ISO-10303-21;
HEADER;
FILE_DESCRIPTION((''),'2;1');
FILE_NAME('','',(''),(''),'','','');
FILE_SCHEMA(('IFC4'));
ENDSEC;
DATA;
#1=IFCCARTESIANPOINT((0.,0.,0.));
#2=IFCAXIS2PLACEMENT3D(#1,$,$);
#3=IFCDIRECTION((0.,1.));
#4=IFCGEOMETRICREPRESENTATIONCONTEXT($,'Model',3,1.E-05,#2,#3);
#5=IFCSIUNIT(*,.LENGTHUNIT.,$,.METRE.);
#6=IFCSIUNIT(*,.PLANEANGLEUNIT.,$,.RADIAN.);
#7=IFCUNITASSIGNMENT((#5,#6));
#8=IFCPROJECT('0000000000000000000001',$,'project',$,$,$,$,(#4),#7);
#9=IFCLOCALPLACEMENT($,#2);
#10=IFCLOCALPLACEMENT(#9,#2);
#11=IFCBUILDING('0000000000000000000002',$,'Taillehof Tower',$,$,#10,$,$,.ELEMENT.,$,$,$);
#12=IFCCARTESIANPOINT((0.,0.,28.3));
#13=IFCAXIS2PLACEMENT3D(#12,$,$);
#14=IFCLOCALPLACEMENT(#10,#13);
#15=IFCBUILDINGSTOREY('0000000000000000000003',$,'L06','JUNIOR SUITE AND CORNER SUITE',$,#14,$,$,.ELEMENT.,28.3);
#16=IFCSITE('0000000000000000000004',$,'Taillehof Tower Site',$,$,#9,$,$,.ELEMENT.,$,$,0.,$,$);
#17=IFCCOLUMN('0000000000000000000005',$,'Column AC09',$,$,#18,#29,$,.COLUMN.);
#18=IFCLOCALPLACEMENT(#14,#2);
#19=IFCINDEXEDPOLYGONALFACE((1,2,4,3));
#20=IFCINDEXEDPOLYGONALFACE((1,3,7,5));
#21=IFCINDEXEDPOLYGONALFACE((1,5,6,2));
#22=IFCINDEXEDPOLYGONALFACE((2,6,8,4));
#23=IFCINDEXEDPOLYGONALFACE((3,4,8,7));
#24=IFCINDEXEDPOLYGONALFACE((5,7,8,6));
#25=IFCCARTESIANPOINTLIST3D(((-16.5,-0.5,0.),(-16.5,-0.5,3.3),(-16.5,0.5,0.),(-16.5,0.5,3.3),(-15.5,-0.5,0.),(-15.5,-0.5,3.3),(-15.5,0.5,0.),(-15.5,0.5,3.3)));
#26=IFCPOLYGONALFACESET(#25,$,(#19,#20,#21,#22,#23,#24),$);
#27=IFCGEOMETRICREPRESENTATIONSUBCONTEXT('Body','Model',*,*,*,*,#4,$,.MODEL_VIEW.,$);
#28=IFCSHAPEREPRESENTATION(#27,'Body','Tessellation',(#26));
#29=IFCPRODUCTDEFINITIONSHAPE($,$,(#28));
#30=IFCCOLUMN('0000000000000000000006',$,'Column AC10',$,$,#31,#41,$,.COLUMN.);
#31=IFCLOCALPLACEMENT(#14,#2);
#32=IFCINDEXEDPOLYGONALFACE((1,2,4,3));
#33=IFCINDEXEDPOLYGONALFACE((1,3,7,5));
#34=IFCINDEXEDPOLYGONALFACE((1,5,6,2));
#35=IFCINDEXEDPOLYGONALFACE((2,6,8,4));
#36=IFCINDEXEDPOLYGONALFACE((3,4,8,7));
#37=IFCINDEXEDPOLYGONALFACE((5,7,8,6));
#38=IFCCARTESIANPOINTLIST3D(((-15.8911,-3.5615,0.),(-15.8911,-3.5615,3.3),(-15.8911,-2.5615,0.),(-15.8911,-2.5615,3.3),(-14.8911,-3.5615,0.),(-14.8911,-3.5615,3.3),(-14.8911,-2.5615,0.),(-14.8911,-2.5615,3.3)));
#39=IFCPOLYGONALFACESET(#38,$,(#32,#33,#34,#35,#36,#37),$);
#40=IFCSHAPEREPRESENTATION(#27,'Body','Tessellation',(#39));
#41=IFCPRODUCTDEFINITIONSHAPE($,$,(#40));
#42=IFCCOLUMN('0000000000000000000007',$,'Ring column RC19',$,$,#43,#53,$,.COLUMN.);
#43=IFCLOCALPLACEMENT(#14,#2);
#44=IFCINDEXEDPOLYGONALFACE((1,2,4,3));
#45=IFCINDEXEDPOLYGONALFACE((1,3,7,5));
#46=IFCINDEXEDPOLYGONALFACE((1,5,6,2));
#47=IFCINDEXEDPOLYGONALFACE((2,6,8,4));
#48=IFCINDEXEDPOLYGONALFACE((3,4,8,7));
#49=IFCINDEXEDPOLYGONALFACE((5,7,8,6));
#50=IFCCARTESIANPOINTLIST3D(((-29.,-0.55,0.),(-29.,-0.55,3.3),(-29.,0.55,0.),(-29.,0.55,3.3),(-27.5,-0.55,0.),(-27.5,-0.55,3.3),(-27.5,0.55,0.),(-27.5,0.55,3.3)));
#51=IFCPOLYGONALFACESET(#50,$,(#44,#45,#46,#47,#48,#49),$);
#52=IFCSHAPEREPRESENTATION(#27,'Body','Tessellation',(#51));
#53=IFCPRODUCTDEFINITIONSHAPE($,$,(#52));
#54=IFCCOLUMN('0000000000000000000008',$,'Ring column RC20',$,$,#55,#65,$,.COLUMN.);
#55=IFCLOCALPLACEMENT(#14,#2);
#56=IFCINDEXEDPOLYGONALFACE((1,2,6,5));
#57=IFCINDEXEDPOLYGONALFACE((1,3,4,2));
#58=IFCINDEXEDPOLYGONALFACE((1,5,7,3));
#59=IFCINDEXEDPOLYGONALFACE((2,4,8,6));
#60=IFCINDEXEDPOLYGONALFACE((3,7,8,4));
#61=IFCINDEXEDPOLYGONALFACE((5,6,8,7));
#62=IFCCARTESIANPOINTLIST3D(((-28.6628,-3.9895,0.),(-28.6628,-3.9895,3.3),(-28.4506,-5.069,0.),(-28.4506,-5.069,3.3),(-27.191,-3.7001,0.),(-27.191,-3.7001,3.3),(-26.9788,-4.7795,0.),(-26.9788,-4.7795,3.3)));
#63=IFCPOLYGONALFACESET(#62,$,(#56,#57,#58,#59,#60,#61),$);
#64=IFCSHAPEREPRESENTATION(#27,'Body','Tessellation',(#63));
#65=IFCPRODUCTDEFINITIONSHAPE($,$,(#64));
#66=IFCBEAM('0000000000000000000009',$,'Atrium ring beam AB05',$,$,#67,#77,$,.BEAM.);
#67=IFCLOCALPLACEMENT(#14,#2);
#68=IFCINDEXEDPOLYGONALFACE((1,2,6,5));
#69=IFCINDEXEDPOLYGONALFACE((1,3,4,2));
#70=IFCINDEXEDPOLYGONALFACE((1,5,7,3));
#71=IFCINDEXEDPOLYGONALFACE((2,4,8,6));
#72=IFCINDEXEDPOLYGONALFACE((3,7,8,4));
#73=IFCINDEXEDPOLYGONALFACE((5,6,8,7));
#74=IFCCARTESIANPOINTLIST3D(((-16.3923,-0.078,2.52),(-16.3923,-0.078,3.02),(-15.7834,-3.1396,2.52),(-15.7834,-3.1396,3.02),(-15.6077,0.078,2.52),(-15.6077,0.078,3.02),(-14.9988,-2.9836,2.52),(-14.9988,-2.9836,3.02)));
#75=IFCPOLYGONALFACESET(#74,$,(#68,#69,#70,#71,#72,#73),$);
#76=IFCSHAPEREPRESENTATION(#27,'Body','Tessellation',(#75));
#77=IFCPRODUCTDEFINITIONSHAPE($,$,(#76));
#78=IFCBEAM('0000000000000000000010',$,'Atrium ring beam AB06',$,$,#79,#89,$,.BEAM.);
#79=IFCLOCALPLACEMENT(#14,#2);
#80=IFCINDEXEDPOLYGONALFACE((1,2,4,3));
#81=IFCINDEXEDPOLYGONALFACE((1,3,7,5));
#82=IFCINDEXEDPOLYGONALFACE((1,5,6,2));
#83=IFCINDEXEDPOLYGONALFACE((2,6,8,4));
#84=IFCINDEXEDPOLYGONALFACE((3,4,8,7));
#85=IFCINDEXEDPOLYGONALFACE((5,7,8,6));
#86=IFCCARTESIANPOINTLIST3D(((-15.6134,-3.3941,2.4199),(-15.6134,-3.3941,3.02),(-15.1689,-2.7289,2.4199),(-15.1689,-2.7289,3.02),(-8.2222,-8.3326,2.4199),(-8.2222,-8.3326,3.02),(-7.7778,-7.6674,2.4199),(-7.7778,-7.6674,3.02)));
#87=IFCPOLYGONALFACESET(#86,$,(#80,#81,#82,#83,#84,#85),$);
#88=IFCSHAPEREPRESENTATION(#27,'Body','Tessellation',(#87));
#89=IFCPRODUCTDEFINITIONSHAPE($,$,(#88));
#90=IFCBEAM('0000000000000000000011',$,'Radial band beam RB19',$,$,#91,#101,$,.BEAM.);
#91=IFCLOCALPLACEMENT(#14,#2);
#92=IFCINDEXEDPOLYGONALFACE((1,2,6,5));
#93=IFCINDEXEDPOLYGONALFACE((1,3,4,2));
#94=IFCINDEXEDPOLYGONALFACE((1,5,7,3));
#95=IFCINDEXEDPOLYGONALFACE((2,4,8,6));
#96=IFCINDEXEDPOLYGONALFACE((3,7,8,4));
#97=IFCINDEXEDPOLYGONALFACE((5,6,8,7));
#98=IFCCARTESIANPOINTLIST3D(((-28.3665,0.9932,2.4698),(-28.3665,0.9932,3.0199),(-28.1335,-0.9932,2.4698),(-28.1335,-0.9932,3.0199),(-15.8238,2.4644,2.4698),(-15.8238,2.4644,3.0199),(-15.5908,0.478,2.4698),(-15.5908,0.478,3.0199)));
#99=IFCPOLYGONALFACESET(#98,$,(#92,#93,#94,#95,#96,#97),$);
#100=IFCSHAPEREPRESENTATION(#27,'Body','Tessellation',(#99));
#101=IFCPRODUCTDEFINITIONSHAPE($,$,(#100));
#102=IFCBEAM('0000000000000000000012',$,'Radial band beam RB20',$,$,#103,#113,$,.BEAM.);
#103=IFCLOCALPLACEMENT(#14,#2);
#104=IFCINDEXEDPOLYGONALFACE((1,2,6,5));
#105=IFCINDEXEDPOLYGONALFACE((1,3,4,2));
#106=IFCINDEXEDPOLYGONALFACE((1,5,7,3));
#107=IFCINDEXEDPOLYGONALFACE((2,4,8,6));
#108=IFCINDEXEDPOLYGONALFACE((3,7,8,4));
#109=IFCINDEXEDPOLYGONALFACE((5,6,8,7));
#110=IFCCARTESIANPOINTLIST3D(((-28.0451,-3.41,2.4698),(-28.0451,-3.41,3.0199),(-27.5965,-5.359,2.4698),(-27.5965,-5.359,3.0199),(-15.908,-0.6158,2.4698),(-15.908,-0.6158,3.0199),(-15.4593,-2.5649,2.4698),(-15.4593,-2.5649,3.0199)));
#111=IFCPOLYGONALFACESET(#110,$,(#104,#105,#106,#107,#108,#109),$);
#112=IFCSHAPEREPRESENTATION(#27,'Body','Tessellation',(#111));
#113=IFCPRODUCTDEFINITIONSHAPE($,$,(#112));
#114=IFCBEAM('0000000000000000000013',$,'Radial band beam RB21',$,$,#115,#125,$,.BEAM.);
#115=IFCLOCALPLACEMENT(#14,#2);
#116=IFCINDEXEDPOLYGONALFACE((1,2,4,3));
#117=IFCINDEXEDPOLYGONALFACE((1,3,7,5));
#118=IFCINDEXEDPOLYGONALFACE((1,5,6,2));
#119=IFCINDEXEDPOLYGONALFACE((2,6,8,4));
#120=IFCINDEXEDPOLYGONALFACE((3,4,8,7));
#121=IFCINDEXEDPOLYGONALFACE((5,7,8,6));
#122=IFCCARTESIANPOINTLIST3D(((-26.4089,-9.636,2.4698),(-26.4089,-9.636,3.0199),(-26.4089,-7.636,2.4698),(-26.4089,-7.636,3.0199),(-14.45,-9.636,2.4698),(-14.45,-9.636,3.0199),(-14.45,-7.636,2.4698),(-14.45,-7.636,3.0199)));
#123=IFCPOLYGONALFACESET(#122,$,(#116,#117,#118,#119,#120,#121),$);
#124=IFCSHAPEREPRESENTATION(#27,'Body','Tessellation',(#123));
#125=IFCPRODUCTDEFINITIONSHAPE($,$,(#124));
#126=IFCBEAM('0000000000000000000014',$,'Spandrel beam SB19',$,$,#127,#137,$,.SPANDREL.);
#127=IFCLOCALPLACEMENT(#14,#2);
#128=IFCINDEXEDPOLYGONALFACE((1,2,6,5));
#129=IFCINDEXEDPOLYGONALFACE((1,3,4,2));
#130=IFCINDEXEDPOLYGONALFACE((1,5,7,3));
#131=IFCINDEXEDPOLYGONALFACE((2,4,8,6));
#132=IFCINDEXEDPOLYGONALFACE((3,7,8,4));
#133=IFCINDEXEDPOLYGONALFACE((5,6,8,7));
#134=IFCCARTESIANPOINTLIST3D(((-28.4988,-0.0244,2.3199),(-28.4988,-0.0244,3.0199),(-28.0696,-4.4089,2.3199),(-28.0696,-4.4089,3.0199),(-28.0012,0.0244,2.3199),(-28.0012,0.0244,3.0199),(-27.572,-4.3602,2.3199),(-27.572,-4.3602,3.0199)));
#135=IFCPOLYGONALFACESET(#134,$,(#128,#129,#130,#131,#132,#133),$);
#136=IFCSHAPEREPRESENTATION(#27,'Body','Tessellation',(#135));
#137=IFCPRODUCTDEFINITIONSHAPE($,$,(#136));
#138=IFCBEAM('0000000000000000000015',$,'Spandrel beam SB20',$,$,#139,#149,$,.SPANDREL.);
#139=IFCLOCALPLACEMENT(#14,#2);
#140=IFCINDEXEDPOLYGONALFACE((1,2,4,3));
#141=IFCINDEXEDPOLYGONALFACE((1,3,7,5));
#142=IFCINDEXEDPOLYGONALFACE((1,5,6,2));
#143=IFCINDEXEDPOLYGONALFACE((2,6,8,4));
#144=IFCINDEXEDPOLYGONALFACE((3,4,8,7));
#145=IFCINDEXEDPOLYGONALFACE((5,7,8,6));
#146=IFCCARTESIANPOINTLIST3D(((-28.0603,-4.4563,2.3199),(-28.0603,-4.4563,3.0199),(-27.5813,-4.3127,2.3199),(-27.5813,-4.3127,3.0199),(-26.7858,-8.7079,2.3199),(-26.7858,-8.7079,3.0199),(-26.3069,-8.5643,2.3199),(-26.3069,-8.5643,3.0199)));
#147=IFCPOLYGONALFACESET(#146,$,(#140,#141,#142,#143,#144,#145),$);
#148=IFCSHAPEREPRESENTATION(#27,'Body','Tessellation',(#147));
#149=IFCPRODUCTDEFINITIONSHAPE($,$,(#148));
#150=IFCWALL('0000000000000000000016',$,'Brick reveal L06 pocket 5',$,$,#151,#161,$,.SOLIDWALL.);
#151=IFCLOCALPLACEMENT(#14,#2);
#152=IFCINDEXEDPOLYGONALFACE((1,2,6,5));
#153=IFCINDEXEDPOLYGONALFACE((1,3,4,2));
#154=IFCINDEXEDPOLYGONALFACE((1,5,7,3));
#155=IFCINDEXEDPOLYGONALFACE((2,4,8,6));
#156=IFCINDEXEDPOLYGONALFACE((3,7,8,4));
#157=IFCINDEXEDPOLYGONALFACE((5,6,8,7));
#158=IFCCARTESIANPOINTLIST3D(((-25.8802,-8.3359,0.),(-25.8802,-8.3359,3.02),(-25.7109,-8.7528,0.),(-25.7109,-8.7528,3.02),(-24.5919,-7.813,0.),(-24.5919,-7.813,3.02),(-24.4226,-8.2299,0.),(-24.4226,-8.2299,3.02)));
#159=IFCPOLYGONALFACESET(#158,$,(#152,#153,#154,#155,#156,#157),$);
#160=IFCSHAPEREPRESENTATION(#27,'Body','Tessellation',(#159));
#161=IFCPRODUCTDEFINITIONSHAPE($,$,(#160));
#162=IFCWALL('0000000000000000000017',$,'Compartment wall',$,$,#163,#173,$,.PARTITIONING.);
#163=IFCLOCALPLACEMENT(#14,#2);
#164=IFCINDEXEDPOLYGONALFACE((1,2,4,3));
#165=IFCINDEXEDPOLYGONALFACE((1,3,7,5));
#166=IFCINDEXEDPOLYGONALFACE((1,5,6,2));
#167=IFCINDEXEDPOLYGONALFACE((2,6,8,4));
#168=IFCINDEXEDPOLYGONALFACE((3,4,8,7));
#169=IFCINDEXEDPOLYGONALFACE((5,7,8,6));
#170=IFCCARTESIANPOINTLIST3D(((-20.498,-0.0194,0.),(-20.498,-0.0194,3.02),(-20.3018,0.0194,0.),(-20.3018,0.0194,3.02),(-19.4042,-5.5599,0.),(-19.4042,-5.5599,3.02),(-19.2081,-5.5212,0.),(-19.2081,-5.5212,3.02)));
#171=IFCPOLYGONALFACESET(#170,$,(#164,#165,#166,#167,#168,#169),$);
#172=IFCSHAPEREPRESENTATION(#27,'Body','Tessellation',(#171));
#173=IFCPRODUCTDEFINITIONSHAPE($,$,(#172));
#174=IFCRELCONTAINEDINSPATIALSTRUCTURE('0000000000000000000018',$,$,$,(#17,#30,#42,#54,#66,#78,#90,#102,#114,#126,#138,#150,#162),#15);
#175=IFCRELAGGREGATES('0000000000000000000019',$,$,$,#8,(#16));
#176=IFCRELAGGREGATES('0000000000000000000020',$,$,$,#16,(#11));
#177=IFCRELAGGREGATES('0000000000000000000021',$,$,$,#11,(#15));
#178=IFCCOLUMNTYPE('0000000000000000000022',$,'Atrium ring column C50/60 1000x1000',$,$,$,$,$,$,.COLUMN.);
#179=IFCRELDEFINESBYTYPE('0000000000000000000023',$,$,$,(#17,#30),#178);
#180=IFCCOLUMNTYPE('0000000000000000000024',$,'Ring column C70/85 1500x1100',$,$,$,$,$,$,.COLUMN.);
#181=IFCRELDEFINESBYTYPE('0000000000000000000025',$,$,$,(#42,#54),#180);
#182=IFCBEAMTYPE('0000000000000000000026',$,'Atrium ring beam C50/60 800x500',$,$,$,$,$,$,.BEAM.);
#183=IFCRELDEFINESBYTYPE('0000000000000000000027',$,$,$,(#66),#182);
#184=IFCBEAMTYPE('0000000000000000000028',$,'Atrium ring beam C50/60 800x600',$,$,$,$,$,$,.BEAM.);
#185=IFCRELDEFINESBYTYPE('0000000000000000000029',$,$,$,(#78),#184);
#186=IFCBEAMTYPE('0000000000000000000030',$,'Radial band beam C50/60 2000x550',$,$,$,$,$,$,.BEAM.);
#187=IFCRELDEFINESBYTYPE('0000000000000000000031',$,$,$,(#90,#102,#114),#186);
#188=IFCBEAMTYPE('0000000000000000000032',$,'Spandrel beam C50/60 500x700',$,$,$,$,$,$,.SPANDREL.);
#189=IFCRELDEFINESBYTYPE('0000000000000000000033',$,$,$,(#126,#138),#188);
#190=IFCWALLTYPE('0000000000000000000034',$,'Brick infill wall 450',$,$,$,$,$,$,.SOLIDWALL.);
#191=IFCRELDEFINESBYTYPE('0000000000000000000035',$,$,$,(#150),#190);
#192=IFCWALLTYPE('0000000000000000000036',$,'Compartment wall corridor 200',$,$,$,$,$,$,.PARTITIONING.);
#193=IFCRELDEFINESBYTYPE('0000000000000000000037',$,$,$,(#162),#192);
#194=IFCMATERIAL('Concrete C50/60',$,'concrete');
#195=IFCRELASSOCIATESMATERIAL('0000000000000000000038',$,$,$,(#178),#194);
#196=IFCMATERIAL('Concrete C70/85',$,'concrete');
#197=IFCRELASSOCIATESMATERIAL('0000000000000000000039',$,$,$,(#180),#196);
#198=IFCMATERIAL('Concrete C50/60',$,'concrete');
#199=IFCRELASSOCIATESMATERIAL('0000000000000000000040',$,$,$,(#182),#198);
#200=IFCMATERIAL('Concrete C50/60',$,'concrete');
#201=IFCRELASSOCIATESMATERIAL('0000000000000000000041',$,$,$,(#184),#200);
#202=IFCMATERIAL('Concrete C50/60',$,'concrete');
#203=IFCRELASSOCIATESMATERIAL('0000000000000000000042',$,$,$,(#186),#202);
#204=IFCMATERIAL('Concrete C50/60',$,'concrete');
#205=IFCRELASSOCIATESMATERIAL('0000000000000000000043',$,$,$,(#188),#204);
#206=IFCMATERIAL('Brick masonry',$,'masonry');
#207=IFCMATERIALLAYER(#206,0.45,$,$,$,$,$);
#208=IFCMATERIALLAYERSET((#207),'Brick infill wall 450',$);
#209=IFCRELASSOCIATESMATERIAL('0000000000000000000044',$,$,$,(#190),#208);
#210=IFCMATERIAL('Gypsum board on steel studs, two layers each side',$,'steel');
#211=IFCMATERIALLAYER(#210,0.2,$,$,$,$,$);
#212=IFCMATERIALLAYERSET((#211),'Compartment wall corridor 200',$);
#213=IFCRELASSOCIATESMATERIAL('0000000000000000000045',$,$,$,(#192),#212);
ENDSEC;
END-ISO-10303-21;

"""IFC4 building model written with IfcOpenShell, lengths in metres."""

from ifc_helpers import new_model, si_unit, direction, frame, frame_2d, origin, origin_2d, place, context, subcontext, project, spatial, rectangle, extrude, material, layer, layer_set, material_profile, profile_set, type_object, element, save


model = new_model("IFC4")

# Units and contexts
model_context = context("Model", 3, precision=1e-05, world=origin(), true_north=direction((0.0, 1.0)))
body_context = subcontext(model_context, "Body", "Model", "MODEL_VIEW")
ifc_project = project(units=[si_unit("LENGTHUNIT", "METRE"), si_unit("PLANEANGLEUNIT", "RADIAN")], contexts=[model_context])

# Site, building, storey
site_placement = place(None, origin())
site = spatial("IfcSite", under=ifc_project, at=site_placement, Name="Taillehof Tower Site", CompositionType="ELEMENT", RefElevation=0.0)
building_placement = place(site_placement, origin())
building = spatial("IfcBuilding", under=site, at=building_placement, Name="Taillehof Tower", CompositionType="ELEMENT")
storey_placement = place(building_placement, frame((0.0, 0.0, 28.3)))
storey = spatial("IfcBuildingStorey", under=building, at=storey_placement, Name="L06", Description="JUNIOR SUITE AND CORNER SUITE", CompositionType="ELEMENT", Elevation=28.3)

# Columns
ifc_material_1 = material(Name="Concrete C50/60", Category="concrete")
ifc_material_profile_1 = material_profile(ifc_material_1, rectangle(XDim=1.0, YDim=1.0, at=origin_2d()), Name="RC 1000x1000")
ifc_profile_set_1 = profile_set([ifc_material_profile_1], Name="Concrete C50/60")
column_type_1 = type_object("IfcColumnType", Name="Atrium ring column C50/60 1000x1000", PredefinedType="COLUMN", material=ifc_profile_set_1)
for number, where, z_axis, x_axis, name in (
    (1, (-16.0, 0.0, 0.0), (0.0, 0.0, 1.0), (1.0, 0.0, 0.0), "Column AC09"),
    (2, (-15.3911, -3.0615, 0.0), (0.0, 0.0, 1.0), (1.0, 0.0, 0.0), "Column AC10"),
):
    element("IfcColumn", number, at=place(storey_placement, frame(where, z_axis=z_axis, x_axis=x_axis)), inside=storey, type_object=column_type_1, Name=name, PredefinedType="COLUMN", context=body_context, shape_type="SweptSolid", body=[
        extrude(rectangle(XDim=1.0, YDim=1.0, at=origin_2d()), origin(), (0.0, 0.0, 1.0), 3.3),
    ])
ifc_material_2 = material(Name="Concrete C70/85", Category="concrete")
ifc_material_profile_2 = material_profile(ifc_material_2, rectangle(XDim=1.5, YDim=1.1001, at=origin_2d()), Name="RC 1500x1100")
ifc_profile_set_2 = profile_set([ifc_material_profile_2], Name="Concrete C70/85")
column_type_2 = type_object("IfcColumnType", Name="Ring column C70/85 1500x1100", PredefinedType="COLUMN", material=ifc_profile_set_2)
for number, where, z_axis, x_axis, name in (
    (3, (-28.25, 0.0, 0.0), (0.0, 0.0, 1.0), (-1.0, 0.0, 0.0), "Ring column RC19"),
    (4, (-27.8208, -4.3845, 0.0), (0.0, 0.0, 1.0), (-0.981204, -0.192976, 0.0), "Ring column RC20"),
):
    element("IfcColumn", number, at=place(storey_placement, frame(where, z_axis=z_axis, x_axis=x_axis)), inside=storey, type_object=column_type_2, Name=name, PredefinedType="COLUMN", context=body_context, shape_type="SweptSolid", body=[
        extrude(rectangle(XDim=1.5, YDim=1.1001, at=origin_2d()), origin(), (0.0, 0.0, 1.0), 3.3),
    ])

# Beams
ifc_material_3 = material(Name="Concrete C50/60", Category="concrete")
ifc_material_profile_3 = material_profile(ifc_material_3, rectangle(XDim=0.8, YDim=0.5, at=origin_2d()), Name="RC 800x500")
ifc_profile_set_3 = profile_set([ifc_material_profile_3], Name="Concrete C50/60")
beam_type_1 = type_object("IfcBeamType", Name="Atrium ring beam C50/60 800x500", PredefinedType="BEAM", material=ifc_profile_set_3)
beam_1_placement = place(storey_placement, frame((-16.0, 0.0, 2.77), z_axis=(0.195063, -0.980791, 0.0), x_axis=(0.980791, 0.195063, 0.0)))
element("IfcBeam", 5, at=beam_1_placement, inside=storey, type_object=beam_type_1, Name="Atrium ring beam AB05", PredefinedType="BEAM", context=body_context, shape_type="SweptSolid", body=[
    extrude(rectangle(XDim=0.8, YDim=0.5, at=origin_2d()), origin(), (0.0, 0.0, 1.0), 3.1216),
])
ifc_material_4 = material(Name="Concrete C50/60", Category="concrete")
ifc_material_profile_4 = material_profile(ifc_material_4, rectangle(XDim=0.8, YDim=0.6001, at=origin_2d()), Name="RC 800x600")
ifc_profile_set_4 = profile_set([ifc_material_profile_4], Name="Concrete C50/60")
beam_type_2 = type_object("IfcBeamType", Name="Atrium ring beam C50/60 800x600", PredefinedType="BEAM", material=ifc_profile_set_4)
beam_2_placement = place(storey_placement, frame((-15.3911, -3.0615, 2.72), z_axis=(0.831475, -0.555562, 0.0), x_axis=(0.555562, 0.831475, 0.0)))
element("IfcBeam", 6, at=beam_2_placement, inside=storey, type_object=beam_type_2, Name="Atrium ring beam AB06", PredefinedType="BEAM", context=body_context, shape_type="SweptSolid", body=[
    extrude(rectangle(XDim=0.8, YDim=0.6001, at=origin_2d()), origin(), (0.0, 0.0, 1.0), 8.8892),
])
ifc_material_5 = material(Name="Concrete C50/60", Category="concrete")
ifc_material_profile_5 = material_profile(ifc_material_5, rectangle(XDim=2.0, YDim=0.55, at=origin_2d()), Name="RC 2000x550")
ifc_profile_set_5 = profile_set([ifc_material_profile_5], Name="Concrete C50/60")
beam_type_3 = type_object("IfcBeamType", Name="Radial band beam C50/60 2000x550", PredefinedType="BEAM", material=ifc_profile_set_5)
beam_3_placement = place(storey_placement, frame((-28.25, 0.0, 2.7449), z_axis=(0.993191, 0.116496, 0.0), x_axis=(-0.116496, 0.993191, 0.0)))
element("IfcBeam", 7, at=beam_3_placement, inside=storey, type_object=beam_type_3, Name="Radial band beam RB19", PredefinedType="BEAM", context=body_context, shape_type="SweptSolid", body=[
    extrude(rectangle(XDim=2.0, YDim=0.55, at=origin_2d()), origin(), (0.0, 0.0, 1.0), 12.6287),
])
beam_4_placement = place(storey_placement, frame((-27.8208, -4.3845, 2.7449), z_axis=(0.974509, 0.224348, 0.0), x_axis=(-0.224348, 0.974509, 0.0)))
element("IfcBeam", 8, at=beam_4_placement, inside=storey, type_object=beam_type_3, Name="Radial band beam RB20", PredefinedType="BEAM", context=body_context, shape_type="SweptSolid", body=[
    extrude(rectangle(XDim=2.0, YDim=0.55, at=origin_2d()), origin(), (0.0, 0.0, 1.0), 12.4546),
])
beam_5_placement = place(storey_placement, frame((-26.4089, -8.636, 2.7449), z_axis=(1.0, 0.0, 0.0), x_axis=(0.0, 1.0, 0.0)))
element("IfcBeam", 9, at=beam_5_placement, inside=storey, type_object=beam_type_3, Name="Radial band beam RB21", PredefinedType="BEAM", context=body_context, shape_type="SweptSolid", body=[
    extrude(rectangle(XDim=2.0, YDim=0.55, at=origin_2d()), origin(), (0.0, 0.0, 1.0), 11.959),
])
ifc_material_6 = material(Name="Concrete C50/60", Category="concrete")
ifc_material_profile_6 = material_profile(ifc_material_6, rectangle(XDim=0.5, YDim=0.7, at=origin_2d()), Name="RC 500x700")
ifc_profile_set_6 = profile_set([ifc_material_profile_6], Name="Concrete C50/60")
beam_type_4 = type_object("IfcBeamType", Name="Spandrel beam C50/60 500x700", PredefinedType="SPANDREL", material=ifc_profile_set_6)
beam_6_placement = place(storey_placement, frame((-28.25, 0.0, 2.6699), z_axis=(0.097424, -0.995243, 0.0), x_axis=(0.995243, 0.097424, 0.0)))
element("IfcBeam", 10, at=beam_6_placement, inside=storey, type_object=beam_type_4, Name="Spandrel beam SB19", PredefinedType="SPANDREL", context=body_context, shape_type="SweptSolid", body=[
    extrude(rectangle(XDim=0.5, YDim=0.7, at=origin_2d()), origin(), (0.0, 0.0, 1.0), 4.4055),
])
beam_7_placement = place(storey_placement, frame((-27.8208, -4.3845, 2.6699), z_axis=(0.287136, -0.95789, 0.0), x_axis=(0.95789, 0.287136, 0.0)))
element("IfcBeam", 11, at=beam_7_placement, inside=storey, type_object=beam_type_4, Name="Spandrel beam SB20", PredefinedType="SPANDREL", context=body_context, shape_type="SweptSolid", body=[
    extrude(rectangle(XDim=0.5, YDim=0.7, at=origin_2d()), origin(), (0.0, 0.0, 1.0), 4.4385),
])

# Wall
ifc_material_7 = material(Name="Brick masonry", Category="masonry")
ifc_layer_1 = layer(ifc_material_7, 0.45)
ifc_layer_set_1 = layer_set([ifc_layer_1], Name="Brick infill wall 450")
wall_type_1 = type_object("IfcWallType", Name="Brick infill wall 450", PredefinedType="SOLIDWALL", material=ifc_layer_set_1)
wall_1_placement = place(storey_placement, frame((-25.7957, -8.5444, 0.0), z_axis=(0.0, 0.0, 1.0), x_axis=(0.926576, 0.376109, 0.0)))
element("IfcWall", 12, at=wall_1_placement, inside=storey, type_object=wall_type_1, Name="Brick reveal L06 pocket 5", PredefinedType="SOLIDWALL", context=body_context, shape_type="SweptSolid", body=[
    extrude(rectangle(XDim=1.3904, YDim=0.45, at=frame_2d((0.6953, 0.0))), origin(), (0.0, 0.0, 1.0), 3.02),
])

# Wall
ifc_material_8 = material(Name="Gypsum board on steel studs, two layers each side", Category="steel")
ifc_layer_2 = layer(ifc_material_8, 0.2)
ifc_layer_set_2 = layer_set([ifc_layer_2], Name="Compartment wall corridor 200")
wall_type_2 = type_object("IfcWallType", Name="Compartment wall corridor 200", PredefinedType="PARTITIONING", material=ifc_layer_set_2)
wall_2_placement = place(storey_placement, frame((-19.3062, -5.5405, 0.0), z_axis=(0.0, 0.0, 1.0), x_axis=(-0.193671, 0.981066, 0.0)))
element("IfcWall", 13, at=wall_2_placement, inside=storey, type_object=wall_type_2, Name="Compartment wall", PredefinedType="PARTITIONING", context=body_context, shape_type="SweptSolid", body=[
    extrude(rectangle(XDim=5.6475, YDim=0.2, at=frame_2d((2.8237, 0.0))), origin(), (0.0, 0.0, 1.0), 3.02),
])

save(model, "model.ifc")
